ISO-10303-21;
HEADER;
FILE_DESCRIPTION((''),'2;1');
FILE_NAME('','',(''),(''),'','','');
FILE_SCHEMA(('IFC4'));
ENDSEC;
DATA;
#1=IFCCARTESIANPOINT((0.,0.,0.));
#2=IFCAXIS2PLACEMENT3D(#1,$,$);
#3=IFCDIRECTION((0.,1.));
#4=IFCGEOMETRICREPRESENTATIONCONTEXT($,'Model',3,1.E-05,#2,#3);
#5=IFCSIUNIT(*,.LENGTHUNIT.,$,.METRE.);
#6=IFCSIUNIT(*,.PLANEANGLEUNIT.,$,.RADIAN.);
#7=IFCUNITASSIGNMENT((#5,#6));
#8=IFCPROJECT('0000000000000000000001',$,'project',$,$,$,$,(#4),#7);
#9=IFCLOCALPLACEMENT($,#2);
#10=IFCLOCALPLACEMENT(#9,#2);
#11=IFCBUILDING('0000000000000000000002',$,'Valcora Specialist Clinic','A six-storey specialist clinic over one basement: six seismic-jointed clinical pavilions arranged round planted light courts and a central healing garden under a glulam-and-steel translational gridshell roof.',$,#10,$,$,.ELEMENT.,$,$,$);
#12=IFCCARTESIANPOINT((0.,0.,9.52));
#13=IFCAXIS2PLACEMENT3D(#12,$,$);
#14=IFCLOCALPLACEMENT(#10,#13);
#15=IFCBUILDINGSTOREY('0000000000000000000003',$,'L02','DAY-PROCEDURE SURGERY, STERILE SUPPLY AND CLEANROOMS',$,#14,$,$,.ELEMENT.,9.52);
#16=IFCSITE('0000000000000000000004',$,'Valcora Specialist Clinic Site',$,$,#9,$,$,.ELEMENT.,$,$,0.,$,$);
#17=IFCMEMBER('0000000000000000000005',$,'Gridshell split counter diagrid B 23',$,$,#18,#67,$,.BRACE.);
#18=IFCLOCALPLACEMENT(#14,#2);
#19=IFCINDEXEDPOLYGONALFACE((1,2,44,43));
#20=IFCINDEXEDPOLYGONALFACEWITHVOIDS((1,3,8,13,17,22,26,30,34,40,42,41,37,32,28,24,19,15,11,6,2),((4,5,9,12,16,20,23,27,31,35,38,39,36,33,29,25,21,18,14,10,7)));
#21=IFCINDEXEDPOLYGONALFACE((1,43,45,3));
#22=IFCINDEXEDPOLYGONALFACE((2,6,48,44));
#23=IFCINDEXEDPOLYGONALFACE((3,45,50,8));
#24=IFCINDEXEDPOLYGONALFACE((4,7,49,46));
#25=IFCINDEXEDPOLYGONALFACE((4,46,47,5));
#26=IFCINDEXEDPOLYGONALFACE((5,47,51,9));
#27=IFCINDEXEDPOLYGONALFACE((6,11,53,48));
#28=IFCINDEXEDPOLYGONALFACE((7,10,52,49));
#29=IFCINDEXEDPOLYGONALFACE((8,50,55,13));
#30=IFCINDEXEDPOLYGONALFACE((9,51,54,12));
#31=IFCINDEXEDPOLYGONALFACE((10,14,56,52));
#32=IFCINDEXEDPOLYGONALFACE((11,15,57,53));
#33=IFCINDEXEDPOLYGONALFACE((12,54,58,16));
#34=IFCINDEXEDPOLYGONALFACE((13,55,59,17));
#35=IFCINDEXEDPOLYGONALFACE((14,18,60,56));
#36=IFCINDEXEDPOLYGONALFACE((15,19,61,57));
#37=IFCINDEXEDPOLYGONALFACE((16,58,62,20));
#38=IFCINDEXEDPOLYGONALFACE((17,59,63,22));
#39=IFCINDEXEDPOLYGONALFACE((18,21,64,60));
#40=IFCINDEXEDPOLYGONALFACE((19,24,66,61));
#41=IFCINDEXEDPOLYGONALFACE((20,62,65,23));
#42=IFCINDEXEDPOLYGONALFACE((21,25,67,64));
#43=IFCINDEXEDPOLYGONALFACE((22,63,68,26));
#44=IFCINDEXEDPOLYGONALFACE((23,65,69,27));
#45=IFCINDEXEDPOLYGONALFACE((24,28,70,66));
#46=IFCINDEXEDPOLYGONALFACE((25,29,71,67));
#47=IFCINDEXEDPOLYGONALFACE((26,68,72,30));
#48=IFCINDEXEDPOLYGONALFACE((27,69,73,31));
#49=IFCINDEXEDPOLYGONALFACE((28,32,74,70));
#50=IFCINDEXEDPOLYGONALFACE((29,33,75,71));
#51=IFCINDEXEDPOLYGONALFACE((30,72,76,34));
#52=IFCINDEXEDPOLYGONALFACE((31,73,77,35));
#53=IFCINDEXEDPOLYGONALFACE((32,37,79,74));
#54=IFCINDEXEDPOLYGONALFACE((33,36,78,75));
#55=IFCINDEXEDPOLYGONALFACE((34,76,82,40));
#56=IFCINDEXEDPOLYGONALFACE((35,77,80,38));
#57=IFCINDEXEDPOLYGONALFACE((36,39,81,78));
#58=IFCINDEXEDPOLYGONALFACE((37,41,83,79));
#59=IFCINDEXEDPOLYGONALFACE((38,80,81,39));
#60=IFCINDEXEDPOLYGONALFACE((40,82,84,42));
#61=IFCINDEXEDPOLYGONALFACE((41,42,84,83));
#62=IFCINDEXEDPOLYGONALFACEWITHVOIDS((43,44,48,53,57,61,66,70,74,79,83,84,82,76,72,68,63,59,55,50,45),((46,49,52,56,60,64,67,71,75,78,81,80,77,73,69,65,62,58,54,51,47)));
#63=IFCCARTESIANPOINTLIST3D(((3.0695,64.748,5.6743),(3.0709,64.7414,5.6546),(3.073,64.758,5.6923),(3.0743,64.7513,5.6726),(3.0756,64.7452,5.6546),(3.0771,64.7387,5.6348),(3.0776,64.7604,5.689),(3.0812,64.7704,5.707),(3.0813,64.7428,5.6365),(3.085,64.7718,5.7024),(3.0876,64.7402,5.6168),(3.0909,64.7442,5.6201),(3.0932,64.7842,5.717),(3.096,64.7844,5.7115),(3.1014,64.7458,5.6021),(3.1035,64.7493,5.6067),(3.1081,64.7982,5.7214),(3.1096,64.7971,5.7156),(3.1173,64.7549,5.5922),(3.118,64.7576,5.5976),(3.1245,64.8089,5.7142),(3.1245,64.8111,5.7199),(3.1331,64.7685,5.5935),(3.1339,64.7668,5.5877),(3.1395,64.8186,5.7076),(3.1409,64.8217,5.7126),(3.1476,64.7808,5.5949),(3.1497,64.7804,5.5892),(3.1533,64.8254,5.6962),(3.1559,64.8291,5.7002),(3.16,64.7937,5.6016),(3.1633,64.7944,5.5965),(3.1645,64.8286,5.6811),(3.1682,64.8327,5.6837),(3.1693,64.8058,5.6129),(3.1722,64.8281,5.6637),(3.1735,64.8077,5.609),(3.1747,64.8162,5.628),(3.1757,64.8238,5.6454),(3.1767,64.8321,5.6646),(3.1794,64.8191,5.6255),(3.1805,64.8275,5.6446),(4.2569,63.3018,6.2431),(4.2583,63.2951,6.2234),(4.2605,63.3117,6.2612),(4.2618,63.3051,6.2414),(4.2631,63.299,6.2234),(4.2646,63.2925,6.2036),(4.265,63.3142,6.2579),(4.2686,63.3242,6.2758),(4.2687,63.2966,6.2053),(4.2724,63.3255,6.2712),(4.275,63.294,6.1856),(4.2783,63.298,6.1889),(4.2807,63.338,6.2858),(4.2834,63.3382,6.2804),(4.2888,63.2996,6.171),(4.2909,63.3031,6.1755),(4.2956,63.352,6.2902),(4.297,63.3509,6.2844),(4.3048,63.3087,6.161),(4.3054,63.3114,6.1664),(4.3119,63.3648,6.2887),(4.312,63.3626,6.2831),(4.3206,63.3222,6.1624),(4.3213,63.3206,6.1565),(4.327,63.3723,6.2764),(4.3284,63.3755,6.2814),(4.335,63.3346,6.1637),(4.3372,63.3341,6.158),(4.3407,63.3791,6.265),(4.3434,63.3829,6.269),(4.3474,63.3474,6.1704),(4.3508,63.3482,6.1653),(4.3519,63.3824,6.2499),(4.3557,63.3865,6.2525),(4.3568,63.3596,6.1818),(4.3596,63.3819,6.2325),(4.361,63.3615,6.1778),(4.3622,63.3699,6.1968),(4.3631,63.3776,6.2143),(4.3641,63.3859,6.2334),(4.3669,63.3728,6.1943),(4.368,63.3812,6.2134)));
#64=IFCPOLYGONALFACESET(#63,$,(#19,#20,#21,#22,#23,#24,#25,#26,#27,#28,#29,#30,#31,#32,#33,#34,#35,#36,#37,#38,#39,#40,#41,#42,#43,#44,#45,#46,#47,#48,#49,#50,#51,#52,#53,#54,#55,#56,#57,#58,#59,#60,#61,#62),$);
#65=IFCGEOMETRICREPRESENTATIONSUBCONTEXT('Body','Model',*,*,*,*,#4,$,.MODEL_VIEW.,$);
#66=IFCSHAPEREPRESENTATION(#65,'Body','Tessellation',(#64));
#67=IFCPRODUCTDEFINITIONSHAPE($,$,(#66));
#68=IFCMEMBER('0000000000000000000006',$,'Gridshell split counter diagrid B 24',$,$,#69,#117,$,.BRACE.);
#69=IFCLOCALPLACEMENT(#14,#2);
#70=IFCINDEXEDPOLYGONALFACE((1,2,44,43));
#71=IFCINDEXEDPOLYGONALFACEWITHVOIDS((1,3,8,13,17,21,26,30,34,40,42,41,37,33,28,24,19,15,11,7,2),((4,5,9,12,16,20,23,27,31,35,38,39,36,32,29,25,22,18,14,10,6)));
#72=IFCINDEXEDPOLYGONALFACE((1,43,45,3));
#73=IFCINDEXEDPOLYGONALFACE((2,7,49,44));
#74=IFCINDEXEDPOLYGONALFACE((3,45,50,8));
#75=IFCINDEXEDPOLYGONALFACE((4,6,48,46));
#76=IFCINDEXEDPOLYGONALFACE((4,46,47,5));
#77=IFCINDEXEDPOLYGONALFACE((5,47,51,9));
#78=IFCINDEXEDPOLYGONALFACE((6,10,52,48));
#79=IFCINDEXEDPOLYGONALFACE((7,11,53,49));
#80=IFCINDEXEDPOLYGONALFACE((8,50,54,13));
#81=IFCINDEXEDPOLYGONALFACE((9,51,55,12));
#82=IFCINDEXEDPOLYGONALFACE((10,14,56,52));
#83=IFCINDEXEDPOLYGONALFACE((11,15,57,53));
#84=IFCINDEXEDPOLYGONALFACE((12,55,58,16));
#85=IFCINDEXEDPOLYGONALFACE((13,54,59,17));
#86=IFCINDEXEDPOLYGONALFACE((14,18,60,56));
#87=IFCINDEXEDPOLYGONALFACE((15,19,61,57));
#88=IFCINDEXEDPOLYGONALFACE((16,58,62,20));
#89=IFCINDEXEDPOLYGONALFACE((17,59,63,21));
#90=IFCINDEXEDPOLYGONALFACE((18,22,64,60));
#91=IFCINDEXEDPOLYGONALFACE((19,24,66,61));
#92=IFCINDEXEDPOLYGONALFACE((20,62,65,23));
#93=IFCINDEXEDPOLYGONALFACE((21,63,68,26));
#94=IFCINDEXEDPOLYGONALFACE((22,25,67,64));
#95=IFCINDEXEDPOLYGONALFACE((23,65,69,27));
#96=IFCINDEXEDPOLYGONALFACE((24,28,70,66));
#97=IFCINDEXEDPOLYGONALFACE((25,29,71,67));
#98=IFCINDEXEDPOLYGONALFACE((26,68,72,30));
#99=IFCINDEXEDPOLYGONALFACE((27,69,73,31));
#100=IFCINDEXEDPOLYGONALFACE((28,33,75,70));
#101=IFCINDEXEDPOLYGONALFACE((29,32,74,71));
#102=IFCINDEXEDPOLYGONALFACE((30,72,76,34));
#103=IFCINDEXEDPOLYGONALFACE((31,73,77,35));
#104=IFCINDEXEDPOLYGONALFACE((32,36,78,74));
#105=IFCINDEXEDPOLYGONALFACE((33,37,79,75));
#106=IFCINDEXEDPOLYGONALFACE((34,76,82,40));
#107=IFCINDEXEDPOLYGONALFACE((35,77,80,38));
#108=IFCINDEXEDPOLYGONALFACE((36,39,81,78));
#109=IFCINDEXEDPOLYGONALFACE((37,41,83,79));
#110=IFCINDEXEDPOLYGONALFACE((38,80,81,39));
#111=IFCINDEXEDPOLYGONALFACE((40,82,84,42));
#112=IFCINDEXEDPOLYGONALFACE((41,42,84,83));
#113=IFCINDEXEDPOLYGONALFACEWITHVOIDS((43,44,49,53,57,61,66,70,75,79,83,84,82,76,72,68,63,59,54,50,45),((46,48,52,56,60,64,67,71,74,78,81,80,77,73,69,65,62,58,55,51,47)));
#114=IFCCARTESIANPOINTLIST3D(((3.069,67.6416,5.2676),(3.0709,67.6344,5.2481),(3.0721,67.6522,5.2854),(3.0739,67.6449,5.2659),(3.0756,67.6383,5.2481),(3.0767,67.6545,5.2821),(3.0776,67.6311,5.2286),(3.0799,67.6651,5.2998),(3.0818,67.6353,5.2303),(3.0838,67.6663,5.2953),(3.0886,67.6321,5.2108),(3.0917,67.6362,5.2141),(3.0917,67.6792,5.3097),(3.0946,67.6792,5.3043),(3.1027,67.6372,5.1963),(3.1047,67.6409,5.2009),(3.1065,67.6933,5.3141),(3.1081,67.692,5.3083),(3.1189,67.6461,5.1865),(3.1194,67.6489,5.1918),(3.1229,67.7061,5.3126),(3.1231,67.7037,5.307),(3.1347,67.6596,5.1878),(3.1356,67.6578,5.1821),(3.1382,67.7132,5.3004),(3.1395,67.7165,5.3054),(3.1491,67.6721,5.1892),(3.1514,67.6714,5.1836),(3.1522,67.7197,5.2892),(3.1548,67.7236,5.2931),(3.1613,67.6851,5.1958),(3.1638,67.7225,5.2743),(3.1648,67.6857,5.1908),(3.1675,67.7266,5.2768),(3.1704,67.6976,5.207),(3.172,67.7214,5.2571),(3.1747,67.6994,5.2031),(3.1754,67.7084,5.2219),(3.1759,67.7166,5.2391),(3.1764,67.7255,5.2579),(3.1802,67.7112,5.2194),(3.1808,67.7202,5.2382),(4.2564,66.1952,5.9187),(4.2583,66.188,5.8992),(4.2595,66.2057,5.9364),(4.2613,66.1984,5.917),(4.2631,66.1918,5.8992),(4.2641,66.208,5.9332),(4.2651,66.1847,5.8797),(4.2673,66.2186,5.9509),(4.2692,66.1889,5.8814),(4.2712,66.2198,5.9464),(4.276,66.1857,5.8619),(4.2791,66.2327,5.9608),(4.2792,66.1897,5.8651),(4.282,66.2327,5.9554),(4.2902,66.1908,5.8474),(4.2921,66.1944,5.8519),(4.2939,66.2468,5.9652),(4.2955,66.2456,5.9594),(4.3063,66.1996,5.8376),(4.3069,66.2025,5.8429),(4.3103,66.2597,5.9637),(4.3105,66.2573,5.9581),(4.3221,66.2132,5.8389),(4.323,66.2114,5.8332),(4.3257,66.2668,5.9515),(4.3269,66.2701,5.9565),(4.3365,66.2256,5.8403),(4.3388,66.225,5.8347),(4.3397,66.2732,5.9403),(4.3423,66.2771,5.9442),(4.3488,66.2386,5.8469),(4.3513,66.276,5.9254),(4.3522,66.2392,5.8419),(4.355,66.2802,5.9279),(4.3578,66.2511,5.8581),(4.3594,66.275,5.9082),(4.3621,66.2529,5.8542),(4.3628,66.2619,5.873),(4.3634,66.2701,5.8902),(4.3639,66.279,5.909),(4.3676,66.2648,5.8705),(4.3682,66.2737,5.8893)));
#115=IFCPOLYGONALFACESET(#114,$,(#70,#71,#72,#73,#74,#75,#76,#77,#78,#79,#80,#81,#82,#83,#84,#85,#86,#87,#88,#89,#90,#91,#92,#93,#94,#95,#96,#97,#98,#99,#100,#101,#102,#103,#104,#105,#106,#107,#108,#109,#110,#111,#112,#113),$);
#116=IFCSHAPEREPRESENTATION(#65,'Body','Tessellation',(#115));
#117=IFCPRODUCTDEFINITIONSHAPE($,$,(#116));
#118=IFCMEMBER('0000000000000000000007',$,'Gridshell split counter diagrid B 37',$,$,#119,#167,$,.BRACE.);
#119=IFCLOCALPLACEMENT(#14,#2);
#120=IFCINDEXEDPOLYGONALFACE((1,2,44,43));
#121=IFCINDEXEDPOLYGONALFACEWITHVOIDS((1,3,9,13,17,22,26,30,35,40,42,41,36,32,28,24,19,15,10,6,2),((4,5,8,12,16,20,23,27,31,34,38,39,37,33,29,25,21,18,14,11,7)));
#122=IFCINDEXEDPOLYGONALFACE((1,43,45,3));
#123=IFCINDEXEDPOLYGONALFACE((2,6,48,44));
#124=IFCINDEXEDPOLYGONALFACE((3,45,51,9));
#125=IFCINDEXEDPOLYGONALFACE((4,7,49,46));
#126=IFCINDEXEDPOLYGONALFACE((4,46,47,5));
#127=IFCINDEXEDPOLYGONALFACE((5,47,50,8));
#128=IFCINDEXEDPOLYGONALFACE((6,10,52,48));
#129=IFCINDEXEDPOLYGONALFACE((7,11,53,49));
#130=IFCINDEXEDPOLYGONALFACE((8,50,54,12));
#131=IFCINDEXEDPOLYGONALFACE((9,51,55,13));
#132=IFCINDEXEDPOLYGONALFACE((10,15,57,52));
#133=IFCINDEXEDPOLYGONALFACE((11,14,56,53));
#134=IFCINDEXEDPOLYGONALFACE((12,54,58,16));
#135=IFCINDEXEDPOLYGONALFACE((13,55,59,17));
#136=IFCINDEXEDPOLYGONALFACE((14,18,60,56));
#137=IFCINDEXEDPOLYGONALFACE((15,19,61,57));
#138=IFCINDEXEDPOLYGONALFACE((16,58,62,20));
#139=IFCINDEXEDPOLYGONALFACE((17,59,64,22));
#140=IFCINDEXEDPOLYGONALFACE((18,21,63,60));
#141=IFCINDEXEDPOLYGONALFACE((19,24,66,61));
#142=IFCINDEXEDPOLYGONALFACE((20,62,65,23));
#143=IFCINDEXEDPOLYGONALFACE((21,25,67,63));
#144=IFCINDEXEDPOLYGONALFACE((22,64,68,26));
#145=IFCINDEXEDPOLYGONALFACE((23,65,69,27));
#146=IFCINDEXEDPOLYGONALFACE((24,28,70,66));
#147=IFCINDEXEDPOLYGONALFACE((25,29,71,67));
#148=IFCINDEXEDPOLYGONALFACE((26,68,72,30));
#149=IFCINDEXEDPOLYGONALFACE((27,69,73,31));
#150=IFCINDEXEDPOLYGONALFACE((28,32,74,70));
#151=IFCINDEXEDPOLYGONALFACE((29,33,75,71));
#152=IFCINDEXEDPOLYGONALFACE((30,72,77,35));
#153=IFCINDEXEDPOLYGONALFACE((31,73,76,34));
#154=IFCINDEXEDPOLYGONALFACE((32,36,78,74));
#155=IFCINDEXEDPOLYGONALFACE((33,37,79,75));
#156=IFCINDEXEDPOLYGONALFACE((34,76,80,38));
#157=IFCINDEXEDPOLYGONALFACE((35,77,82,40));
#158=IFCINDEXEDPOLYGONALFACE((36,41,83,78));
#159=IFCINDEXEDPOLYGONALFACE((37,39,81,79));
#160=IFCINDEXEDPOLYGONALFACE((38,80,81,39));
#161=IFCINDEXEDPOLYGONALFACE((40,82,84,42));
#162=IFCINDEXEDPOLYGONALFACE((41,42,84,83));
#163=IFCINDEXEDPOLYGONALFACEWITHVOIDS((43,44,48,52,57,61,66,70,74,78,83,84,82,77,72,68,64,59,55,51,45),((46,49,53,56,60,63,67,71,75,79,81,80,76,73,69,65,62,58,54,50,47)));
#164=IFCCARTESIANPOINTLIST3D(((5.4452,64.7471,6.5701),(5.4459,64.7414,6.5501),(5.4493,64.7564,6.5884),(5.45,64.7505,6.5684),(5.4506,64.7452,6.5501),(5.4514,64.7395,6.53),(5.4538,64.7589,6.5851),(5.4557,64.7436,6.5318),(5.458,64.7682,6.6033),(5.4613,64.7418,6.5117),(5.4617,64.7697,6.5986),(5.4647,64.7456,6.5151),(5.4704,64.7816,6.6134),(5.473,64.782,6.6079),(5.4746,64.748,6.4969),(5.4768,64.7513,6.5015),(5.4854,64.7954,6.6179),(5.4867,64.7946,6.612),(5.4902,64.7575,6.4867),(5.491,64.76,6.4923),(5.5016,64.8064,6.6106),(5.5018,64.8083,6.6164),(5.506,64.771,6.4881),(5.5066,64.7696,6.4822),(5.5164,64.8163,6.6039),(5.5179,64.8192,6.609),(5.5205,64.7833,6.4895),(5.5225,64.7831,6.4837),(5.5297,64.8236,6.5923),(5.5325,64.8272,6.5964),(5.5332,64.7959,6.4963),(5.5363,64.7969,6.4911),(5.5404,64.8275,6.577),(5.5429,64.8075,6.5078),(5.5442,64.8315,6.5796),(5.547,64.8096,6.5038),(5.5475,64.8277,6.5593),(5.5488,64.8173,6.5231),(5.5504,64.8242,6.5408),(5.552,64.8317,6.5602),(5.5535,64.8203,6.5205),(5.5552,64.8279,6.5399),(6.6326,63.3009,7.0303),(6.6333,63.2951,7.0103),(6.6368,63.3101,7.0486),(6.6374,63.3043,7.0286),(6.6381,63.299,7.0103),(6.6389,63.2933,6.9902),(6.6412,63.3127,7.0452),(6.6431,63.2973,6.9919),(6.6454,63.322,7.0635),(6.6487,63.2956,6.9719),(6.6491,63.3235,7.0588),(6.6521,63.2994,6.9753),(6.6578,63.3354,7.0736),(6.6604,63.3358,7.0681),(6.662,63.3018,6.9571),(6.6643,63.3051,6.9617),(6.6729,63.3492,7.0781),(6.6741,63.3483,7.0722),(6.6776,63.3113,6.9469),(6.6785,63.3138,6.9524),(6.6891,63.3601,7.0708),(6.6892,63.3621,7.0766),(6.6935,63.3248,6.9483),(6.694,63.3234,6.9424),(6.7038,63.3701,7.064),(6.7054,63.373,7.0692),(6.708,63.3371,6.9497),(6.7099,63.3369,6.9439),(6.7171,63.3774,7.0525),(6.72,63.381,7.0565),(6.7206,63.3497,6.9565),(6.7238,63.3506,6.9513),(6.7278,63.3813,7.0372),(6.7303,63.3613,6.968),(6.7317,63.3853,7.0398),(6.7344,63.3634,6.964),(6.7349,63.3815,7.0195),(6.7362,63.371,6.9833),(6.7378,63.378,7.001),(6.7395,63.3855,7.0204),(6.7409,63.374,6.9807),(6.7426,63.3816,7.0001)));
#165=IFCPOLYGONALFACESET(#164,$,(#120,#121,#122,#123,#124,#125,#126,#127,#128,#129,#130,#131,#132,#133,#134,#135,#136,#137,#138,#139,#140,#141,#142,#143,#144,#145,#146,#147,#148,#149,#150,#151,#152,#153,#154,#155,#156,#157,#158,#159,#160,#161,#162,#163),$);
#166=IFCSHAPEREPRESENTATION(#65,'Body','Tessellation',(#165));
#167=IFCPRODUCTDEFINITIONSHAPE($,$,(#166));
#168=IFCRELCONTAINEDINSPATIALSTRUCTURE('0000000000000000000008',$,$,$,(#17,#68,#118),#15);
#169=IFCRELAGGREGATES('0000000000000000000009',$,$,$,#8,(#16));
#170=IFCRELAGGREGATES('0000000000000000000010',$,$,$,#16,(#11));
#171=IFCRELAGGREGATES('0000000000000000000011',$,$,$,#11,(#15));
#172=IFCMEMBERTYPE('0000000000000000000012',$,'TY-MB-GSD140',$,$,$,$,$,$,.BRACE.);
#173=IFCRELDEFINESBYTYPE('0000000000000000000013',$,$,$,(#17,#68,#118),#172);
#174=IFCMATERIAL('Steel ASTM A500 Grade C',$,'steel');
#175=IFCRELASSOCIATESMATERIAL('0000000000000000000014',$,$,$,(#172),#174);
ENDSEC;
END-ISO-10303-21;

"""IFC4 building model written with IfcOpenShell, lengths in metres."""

from ifc_helpers import new_model, si_unit, direction, frame, origin, origin_2d, place, context, subcontext, project, spatial, hollow_circle, extrude, material, material_profile, profile_set, type_object, element, save


model = new_model("IFC4")

# Units and contexts
model_context = context("Model", 3, precision=1e-05, world=origin(), true_north=direction((0.0, 1.0)))
body_context = subcontext(model_context, "Body", "Model", "MODEL_VIEW")
ifc_project = project(units=[si_unit("LENGTHUNIT", "METRE"), si_unit("PLANEANGLEUNIT", "RADIAN")], contexts=[model_context])

# Site, building, storey
site_placement = place(None, origin())
site = spatial("IfcSite", under=ifc_project, at=site_placement, Name="Valcora Specialist Clinic Site", CompositionType="ELEMENT", RefElevation=0.0)
building_placement = place(site_placement, origin())
building = spatial("IfcBuilding", under=site, at=building_placement, Name="Valcora Specialist Clinic", Description="A six-storey specialist clinic over one basement: six seismic-jointed clinical pavilions arranged round planted light courts and a central healing garden under a glulam-and-steel translational gridshell roof.", CompositionType="ELEMENT")
storey_placement = place(building_placement, frame((0.0, 0.0, 9.52)))
storey = spatial("IfcBuildingStorey", under=building, at=storey_placement, Name="L02", Description="DAY-PROCEDURE SURGERY, STERILE SUPPLY AND CLEANROOMS", CompositionType="ELEMENT", Elevation=9.52)

# Members
ifc_material_1 = material(Name="Steel ASTM A500 Grade C", Category="steel")
ifc_material_profile_1 = material_profile(ifc_material_1, hollow_circle(Radius=0.0701, WallThickness=0.0061, at=origin_2d()), Name="ST-CHS-140X6")
ifc_profile_set_1 = profile_set([ifc_material_profile_1], Name="Steel ASTM A500 Grade C")
member_type_1 = type_object("IfcMemberType", Name="TY-MB-GSD140", PredefinedType="BRACE", material=ifc_profile_set_1)
member_1_placement = place(storey_placement, frame((4.3125, 63.3396, 6.2234), z_axis=(-0.607141, 0.739454, -0.290839), x_axis=(-0.772863, -0.634572, 0.0)))
element("IfcMember", 1, at=member_1_placement, inside=storey, type_object=member_type_1, Name="Gridshell split counter diagrid B 23", PredefinedType="BRACE", context=body_context, shape_type="SweptSolid", body=[
    extrude(hollow_circle(Radius=0.0701, WallThickness=0.0061, at=origin_2d()), origin(), (0.0, 0.0, 1.0), 1.9558),
])
member_2_placement = place(storey_placement, frame((4.3125, 66.2324, 5.8992), z_axis=(-0.599276, 0.729998, -0.328591), x_axis=(-0.772916, -0.634508, 0.0)))
element("IfcMember", 2, at=member_2_placement, inside=storey, type_object=member_type_1, Name="Gridshell split counter diagrid B 24", PredefinedType="BRACE", context=body_context, shape_type="SweptSolid", body=[
    extrude(hollow_circle(Radius=0.0701, WallThickness=0.0061, at=origin_2d()), origin(), (0.0, 0.0, 1.0), 1.9814),
])
member_3_placement = place(storey_placement, frame((6.6875, 63.3396, 7.0103), z_axis=(-0.616212, 0.750502, -0.238808), x_axis=(-0.772863, -0.634572, 0.0)))
element("IfcMember", 3, at=member_3_placement, inside=storey, type_object=member_type_1, Name="Gridshell split counter diagrid B 37", PredefinedType="BRACE", context=body_context, shape_type="SweptSolid", body=[
    extrude(hollow_circle(Radius=0.0701, WallThickness=0.0061, at=origin_2d()), origin(), (0.0, 0.0, 1.0), 1.927),
])

save(model, "model.ifc")
